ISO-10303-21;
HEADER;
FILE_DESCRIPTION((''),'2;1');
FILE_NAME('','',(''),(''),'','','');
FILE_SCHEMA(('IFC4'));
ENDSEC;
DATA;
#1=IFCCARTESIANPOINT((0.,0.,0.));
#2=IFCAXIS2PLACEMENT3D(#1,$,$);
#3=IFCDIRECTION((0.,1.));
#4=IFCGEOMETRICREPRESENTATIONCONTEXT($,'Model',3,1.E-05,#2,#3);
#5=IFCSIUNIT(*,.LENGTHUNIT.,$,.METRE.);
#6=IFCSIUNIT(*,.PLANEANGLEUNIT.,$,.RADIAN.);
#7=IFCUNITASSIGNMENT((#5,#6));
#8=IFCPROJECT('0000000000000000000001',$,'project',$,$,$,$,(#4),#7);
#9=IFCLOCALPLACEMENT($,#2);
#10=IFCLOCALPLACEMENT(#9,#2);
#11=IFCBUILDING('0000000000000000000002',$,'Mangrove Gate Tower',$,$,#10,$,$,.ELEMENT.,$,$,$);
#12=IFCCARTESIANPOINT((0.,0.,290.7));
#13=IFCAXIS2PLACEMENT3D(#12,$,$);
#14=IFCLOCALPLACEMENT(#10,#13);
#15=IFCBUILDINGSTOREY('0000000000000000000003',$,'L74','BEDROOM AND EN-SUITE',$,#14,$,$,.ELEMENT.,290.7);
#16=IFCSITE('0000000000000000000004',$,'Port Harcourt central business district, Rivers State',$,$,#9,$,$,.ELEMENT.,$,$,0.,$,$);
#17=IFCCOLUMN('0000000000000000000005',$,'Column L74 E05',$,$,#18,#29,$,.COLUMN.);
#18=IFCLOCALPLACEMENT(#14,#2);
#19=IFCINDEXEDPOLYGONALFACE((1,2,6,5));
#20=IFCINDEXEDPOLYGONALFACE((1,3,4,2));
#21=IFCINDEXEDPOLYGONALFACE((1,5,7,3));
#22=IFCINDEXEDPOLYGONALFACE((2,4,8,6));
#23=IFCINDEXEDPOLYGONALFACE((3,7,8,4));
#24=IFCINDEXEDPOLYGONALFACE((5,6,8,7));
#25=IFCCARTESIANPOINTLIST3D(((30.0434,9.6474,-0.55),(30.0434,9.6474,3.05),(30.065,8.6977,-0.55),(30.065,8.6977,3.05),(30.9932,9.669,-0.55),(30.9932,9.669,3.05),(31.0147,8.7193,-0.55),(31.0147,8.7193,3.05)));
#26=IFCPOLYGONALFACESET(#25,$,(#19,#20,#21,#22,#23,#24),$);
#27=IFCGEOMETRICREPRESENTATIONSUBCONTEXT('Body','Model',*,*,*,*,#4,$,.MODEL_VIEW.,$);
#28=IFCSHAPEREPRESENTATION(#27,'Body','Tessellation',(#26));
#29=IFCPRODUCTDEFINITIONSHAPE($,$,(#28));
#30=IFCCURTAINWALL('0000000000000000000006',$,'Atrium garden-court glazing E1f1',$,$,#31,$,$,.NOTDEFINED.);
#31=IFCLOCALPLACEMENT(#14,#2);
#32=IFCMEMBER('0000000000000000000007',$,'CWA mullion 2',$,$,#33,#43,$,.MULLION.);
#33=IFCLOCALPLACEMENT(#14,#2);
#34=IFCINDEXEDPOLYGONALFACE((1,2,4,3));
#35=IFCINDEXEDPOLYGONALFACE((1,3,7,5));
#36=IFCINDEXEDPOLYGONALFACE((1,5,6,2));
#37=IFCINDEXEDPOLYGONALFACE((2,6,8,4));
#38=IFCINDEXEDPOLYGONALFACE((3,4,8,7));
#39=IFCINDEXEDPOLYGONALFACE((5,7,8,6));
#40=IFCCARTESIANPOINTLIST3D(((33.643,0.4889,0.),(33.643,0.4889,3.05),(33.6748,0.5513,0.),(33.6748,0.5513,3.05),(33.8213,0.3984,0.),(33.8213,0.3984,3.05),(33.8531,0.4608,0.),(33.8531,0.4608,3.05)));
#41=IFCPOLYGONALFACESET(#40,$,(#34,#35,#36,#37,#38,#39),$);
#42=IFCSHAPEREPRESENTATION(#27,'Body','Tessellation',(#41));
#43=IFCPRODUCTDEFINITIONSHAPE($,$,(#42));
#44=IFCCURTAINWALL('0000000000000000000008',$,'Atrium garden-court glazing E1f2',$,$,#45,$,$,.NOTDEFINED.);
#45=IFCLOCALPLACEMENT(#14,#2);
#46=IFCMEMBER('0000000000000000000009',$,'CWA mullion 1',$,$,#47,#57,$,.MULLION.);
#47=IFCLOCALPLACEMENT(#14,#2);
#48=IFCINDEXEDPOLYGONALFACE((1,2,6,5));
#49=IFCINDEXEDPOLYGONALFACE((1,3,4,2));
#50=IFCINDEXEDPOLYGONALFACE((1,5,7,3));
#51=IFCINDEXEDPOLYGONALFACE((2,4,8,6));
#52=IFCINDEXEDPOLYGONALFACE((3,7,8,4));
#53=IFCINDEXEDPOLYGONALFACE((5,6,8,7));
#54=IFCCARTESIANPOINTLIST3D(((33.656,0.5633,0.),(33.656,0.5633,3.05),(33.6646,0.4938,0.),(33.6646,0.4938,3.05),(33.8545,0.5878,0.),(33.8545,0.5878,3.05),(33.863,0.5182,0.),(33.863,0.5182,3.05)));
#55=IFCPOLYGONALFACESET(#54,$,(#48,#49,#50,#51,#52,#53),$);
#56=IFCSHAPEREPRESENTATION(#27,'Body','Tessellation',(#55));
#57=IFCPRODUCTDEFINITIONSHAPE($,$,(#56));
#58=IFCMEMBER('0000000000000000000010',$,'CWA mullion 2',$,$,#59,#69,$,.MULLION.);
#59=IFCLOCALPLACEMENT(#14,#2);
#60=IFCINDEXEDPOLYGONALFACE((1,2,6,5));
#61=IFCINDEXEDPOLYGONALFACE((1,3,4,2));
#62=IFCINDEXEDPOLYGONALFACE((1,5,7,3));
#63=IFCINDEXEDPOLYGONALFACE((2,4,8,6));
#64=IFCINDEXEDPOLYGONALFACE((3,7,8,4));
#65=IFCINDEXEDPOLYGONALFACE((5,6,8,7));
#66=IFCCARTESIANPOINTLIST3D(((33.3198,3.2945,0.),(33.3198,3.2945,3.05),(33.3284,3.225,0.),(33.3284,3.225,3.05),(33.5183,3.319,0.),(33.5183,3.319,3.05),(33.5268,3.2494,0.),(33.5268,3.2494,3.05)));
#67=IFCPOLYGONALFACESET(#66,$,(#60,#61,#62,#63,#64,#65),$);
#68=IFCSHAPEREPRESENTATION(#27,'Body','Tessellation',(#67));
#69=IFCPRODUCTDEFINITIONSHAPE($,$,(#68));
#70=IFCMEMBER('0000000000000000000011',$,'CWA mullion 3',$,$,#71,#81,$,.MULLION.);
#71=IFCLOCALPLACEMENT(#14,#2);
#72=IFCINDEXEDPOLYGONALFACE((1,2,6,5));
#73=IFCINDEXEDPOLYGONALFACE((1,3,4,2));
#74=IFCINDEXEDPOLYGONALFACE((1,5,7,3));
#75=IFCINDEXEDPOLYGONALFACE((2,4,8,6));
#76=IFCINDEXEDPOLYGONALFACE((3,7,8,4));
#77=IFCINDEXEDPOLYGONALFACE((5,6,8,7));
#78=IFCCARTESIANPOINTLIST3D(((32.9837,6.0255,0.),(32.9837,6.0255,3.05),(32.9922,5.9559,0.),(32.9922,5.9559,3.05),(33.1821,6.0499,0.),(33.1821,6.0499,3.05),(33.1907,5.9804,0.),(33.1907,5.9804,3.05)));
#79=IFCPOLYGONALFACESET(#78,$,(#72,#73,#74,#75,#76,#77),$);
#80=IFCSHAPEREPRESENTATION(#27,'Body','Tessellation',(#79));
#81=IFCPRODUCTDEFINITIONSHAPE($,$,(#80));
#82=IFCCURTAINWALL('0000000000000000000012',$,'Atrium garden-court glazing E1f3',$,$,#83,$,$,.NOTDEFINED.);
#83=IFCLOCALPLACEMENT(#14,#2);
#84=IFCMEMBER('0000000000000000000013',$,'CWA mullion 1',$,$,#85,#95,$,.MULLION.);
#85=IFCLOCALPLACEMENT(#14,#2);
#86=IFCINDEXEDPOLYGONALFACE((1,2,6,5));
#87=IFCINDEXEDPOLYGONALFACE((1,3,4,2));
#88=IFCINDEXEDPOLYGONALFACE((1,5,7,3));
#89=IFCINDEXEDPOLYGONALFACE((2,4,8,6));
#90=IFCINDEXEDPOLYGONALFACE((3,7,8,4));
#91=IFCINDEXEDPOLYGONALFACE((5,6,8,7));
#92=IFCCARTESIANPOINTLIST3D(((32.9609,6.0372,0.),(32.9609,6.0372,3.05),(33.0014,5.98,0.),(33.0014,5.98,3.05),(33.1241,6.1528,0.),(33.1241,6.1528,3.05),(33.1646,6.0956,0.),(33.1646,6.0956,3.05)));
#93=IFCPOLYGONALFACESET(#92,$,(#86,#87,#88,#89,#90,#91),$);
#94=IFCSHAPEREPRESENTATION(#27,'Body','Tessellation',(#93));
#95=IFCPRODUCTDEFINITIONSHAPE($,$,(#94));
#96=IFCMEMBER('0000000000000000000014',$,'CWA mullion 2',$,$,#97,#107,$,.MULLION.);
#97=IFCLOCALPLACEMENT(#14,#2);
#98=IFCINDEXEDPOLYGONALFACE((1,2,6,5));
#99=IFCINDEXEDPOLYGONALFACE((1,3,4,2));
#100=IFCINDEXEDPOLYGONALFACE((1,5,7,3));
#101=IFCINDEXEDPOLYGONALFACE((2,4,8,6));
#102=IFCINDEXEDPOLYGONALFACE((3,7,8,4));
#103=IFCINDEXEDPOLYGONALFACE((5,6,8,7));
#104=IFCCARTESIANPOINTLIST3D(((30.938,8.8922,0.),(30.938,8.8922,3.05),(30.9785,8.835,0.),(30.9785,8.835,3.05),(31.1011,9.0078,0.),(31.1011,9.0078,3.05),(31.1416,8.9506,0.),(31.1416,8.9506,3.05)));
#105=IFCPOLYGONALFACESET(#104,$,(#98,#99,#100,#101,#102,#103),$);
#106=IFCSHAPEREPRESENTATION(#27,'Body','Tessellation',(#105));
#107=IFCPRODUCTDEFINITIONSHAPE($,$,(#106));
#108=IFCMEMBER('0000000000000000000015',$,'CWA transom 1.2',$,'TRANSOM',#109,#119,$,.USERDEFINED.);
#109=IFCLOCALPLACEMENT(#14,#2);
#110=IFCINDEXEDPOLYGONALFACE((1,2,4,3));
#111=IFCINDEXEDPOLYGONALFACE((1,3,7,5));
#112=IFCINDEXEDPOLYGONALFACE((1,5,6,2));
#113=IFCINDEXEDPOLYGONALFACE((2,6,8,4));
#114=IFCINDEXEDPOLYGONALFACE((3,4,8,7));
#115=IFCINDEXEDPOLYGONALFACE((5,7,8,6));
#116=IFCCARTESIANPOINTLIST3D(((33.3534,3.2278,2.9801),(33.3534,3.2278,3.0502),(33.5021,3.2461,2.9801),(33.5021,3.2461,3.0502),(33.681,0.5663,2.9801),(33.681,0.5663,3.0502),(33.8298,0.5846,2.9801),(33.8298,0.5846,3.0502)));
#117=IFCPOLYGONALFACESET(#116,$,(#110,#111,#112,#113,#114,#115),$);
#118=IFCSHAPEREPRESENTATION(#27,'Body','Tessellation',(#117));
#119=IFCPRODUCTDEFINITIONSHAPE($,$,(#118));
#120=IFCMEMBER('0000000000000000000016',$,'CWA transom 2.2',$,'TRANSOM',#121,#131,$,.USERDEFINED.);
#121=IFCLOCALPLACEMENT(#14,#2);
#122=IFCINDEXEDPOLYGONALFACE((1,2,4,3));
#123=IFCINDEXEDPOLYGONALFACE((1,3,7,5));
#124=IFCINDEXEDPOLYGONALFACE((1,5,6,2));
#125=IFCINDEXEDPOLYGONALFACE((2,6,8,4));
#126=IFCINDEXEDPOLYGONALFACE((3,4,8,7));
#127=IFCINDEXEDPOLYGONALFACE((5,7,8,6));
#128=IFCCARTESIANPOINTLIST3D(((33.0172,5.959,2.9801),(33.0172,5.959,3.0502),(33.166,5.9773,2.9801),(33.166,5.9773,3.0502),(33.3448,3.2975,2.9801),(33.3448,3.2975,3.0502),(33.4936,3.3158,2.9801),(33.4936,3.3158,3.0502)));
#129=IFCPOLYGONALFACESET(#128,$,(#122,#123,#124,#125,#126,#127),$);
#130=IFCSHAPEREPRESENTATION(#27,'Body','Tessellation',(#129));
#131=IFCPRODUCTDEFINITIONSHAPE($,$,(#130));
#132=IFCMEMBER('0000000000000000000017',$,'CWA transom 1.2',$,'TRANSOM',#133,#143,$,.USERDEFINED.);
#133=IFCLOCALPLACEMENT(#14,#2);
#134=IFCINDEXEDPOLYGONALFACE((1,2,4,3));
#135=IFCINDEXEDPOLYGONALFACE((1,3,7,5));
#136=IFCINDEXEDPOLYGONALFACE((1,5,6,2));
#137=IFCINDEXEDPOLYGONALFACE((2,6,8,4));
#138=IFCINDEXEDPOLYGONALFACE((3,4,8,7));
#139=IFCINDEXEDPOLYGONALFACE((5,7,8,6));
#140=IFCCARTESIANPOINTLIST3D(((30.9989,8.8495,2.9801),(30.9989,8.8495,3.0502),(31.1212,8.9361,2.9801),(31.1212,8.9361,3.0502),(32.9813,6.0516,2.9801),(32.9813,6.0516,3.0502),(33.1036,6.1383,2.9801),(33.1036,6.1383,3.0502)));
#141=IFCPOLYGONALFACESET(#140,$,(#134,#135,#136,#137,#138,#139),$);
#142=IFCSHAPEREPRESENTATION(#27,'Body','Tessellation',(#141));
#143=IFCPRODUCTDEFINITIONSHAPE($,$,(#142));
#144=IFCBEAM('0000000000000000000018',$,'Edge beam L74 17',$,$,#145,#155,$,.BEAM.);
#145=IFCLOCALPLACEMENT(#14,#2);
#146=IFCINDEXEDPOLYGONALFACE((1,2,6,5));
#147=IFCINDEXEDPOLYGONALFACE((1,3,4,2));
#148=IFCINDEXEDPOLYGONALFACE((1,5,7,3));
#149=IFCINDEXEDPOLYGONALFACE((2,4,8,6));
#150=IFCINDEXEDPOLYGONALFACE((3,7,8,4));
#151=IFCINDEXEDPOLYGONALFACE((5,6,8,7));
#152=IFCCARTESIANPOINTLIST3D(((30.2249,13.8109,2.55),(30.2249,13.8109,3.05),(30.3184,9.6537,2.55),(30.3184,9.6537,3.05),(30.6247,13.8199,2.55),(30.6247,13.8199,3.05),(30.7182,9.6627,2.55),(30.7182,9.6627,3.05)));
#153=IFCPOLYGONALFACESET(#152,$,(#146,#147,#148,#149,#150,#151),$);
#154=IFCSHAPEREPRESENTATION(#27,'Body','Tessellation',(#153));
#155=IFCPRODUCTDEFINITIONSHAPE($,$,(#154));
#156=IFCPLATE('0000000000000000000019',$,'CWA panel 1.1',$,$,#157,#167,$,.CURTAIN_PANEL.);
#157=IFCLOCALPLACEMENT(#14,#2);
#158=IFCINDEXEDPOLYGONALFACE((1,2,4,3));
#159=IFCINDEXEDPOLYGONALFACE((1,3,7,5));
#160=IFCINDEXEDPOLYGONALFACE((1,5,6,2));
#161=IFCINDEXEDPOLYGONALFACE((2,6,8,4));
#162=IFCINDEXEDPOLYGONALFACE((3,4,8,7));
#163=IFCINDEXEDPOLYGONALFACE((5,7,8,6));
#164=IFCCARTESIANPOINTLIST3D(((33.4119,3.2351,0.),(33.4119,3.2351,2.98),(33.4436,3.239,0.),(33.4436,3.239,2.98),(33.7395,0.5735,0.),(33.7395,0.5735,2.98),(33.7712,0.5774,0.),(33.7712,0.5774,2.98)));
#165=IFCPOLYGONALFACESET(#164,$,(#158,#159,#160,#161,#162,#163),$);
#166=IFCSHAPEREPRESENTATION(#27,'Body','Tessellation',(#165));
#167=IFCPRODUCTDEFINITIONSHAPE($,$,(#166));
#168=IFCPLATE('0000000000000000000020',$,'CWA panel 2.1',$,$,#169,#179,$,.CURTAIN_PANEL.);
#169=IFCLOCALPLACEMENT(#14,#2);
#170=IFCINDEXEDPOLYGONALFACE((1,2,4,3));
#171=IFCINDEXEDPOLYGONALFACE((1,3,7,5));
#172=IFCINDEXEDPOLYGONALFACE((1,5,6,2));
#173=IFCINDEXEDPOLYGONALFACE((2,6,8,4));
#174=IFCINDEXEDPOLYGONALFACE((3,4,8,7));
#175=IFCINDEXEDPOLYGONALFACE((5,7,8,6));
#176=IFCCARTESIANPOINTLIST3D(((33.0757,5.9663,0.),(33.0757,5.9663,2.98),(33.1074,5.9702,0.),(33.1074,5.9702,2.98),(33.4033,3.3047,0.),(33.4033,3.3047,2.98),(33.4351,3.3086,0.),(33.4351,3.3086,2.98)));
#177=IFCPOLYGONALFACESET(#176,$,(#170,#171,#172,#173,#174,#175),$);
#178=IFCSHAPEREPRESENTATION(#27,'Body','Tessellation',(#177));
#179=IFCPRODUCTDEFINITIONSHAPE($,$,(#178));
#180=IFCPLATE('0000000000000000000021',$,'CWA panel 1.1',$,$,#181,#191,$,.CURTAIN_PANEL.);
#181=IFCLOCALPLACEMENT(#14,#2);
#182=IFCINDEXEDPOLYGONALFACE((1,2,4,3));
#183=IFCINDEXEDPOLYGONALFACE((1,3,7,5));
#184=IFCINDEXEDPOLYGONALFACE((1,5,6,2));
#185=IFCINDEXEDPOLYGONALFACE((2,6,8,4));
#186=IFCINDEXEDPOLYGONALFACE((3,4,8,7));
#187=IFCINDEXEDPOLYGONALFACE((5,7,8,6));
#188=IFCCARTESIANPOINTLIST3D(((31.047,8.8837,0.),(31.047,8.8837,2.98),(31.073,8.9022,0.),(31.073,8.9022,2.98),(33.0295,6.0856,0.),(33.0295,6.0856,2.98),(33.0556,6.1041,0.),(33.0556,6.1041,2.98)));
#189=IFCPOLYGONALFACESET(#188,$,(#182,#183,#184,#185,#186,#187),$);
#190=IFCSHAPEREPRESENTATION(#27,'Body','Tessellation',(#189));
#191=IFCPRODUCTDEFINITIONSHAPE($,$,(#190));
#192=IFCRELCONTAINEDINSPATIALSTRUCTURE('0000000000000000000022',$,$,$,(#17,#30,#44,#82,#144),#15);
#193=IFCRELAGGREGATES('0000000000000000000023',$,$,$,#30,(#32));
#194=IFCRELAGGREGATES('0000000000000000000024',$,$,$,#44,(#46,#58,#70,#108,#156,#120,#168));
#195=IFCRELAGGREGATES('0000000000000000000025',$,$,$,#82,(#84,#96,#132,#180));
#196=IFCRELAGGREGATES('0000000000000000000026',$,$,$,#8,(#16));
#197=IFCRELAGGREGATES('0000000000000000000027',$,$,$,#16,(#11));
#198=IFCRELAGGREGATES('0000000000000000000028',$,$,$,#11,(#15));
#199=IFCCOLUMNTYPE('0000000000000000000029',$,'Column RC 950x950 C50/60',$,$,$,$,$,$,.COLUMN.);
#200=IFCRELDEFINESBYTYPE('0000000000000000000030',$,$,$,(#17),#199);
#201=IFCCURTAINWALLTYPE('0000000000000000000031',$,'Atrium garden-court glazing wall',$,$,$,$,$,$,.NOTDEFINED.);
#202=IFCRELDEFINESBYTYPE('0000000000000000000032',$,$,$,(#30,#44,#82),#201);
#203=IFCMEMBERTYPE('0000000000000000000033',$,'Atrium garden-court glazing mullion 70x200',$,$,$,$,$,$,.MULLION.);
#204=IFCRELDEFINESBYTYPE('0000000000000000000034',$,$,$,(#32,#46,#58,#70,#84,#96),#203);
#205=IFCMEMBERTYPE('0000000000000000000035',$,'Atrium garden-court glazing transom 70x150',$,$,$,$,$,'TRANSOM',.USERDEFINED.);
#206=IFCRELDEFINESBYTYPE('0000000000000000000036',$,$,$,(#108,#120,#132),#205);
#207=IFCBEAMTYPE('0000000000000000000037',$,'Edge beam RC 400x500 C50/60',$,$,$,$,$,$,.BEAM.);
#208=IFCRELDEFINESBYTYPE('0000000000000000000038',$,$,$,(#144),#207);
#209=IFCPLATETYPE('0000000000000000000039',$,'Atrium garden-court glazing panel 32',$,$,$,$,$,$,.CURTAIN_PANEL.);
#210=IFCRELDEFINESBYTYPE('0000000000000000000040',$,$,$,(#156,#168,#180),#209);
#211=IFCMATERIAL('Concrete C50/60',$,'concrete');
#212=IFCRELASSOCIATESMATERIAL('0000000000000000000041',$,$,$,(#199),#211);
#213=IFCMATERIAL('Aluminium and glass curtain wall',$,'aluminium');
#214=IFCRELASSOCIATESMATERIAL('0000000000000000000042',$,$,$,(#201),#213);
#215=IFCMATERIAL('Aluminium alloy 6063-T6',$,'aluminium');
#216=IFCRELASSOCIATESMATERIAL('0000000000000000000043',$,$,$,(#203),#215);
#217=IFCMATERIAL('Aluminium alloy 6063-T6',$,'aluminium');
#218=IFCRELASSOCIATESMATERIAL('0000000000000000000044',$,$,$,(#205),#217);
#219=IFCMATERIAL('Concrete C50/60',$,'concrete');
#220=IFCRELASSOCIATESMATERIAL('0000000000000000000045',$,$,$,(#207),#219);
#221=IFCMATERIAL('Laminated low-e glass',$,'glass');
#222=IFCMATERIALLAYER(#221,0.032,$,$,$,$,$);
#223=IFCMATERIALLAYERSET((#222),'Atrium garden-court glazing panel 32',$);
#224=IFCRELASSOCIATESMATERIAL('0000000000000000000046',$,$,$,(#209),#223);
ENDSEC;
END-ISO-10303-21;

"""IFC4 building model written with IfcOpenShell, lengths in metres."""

from ifc_helpers import new_model, si_unit, direction, frame, origin, origin_2d, place, context, subcontext, project, spatial, rectangle, extrude, material, layer, layer_set, material_profile, profile_set, type_object, element, aggregate, save


model = new_model("IFC4")

# Units and contexts
model_context = context("Model", 3, precision=1e-05, world=origin(), true_north=direction((0.0, 1.0)))
body_context = subcontext(model_context, "Body", "Model", "MODEL_VIEW")
ifc_project = project(units=[si_unit("LENGTHUNIT", "METRE"), si_unit("PLANEANGLEUNIT", "RADIAN")], contexts=[model_context])

# Site, building, storey
site_placement = place(None, origin())
site = spatial("IfcSite", under=ifc_project, at=site_placement, Name="Port Harcourt central business district, Rivers State", CompositionType="ELEMENT", RefElevation=0.0)
building_placement = place(site_placement, origin())
building = spatial("IfcBuilding", under=site, at=building_placement, Name="Mangrove Gate Tower", CompositionType="ELEMENT")
storey_placement = place(building_placement, frame((0.0, 0.0, 290.7)))
storey = spatial("IfcBuildingStorey", under=building, at=storey_placement, Name="L74", Description="BEDROOM AND EN-SUITE", CompositionType="ELEMENT", Elevation=290.7)

# Column
ifc_material_1 = material(Name="Concrete C50/60", Category="concrete")
ifc_material_profile_1 = material_profile(ifc_material_1, rectangle(XDim=0.95, YDim=0.95, at=origin_2d()))
ifc_profile_set_1 = profile_set([ifc_material_profile_1], Name="Concrete C50/60")
column_type = type_object("IfcColumnType", Name="Column RC 950x950 C50/60", PredefinedType="COLUMN", material=ifc_profile_set_1)
column_placement = place(storey_placement, frame((30.5291, 9.1833, -0.55), z_axis=(0.0, 0.0, 1.0), x_axis=(-0.022642, 0.999744, 0.0)))
element("IfcColumn", 1, at=column_placement, inside=storey, type_object=column_type, Name="Column L74 E05", PredefinedType="COLUMN", context=body_context, shape_type="SweptSolid", body=[
    extrude(rectangle(XDim=0.95, YDim=0.95, at=origin_2d()), origin(), (0.0, 0.0, 1.0), 3.6001),
])

# Curtain wall, member
ifc_material_2 = material(Name="Aluminium and glass curtain wall", Category="aluminium")
curtain_wall_type = type_object("IfcCurtainWallType", Name="Atrium garden-court glazing wall", PredefinedType="NOTDEFINED", material=ifc_material_2)
curtain_wall_1_placement = place(storey_placement, origin())
curtain_wall_1 = element("IfcCurtainWall", 2, at=curtain_wall_1_placement, inside=storey, type_object=curtain_wall_type, Name="Atrium garden-court glazing E1f1", PredefinedType="NOTDEFINED")
ifc_material_3 = material(Name="Aluminium alloy 6063-T6", Category="aluminium")
ifc_material_profile_2 = material_profile(ifc_material_3, rectangle(XDim=0.0701, YDim=0.2, at=origin_2d()))
ifc_profile_set_2 = profile_set([ifc_material_profile_2], Name="Aluminium alloy 6063-T6")
member_type_1 = type_object("IfcMemberType", Name="Atrium garden-court glazing mullion 70x200", PredefinedType="MULLION", material=ifc_profile_set_2)
member_1_placement = place(storey_placement, frame((33.748, 0.4749, 0.0), z_axis=(0.0, 0.0, 1.0), x_axis=(0.452617, 0.891705, 0.0)))
member_1 = element("IfcMember", 3, at=member_1_placement, type_object=member_type_1, Name="CWA mullion 2", PredefinedType="MULLION", context=body_context, shape_type="SweptSolid", body=[
    extrude(rectangle(XDim=0.0701, YDim=0.2, at=origin_2d()), origin(), (0.0, 0.0, 1.0), 3.05),
])
aggregate(curtain_wall_1, [member_1])

# Curtain walls, members
curtain_wall_2_placement = place(storey_placement, origin())
curtain_wall_2 = element("IfcCurtainWall", 4, at=curtain_wall_2_placement, inside=storey, type_object=curtain_wall_type, Name="Atrium garden-court glazing E1f2", PredefinedType="NOTDEFINED")
member_2_placement = place(storey_placement, frame((33.7595, 0.5408, 0.0), z_axis=(0.0, 0.0, 1.0), x_axis=(-0.122172, 0.992509, 0.0)))
member_2 = element("IfcMember", 5, at=member_2_placement, type_object=member_type_1, Name="CWA mullion 1", PredefinedType="MULLION", context=body_context, shape_type="SweptSolid", body=[
    extrude(rectangle(XDim=0.0701, YDim=0.2, at=origin_2d()), origin(), (0.0, 0.0, 1.0), 3.05),
])
member_3_placement = place(storey_placement, frame((33.4233, 3.272, 0.0), z_axis=(0.0, 0.0, 1.0), x_axis=(-0.122172, 0.992509, 0.0)))
member_3 = element("IfcMember", 6, at=member_3_placement, type_object=member_type_1, Name="CWA mullion 2", PredefinedType="MULLION", context=body_context, shape_type="SweptSolid", body=[
    extrude(rectangle(XDim=0.0701, YDim=0.2, at=origin_2d()), origin(), (0.0, 0.0, 1.0), 3.05),
])
member_4_placement = place(storey_placement, frame((33.0872, 6.0029, 0.0), z_axis=(0.0, 0.0, 1.0), x_axis=(-0.122172, 0.992509, 0.0)))
member_4 = element("IfcMember", 7, at=member_4_placement, type_object=member_type_1, Name="CWA mullion 3", PredefinedType="MULLION", context=body_context, shape_type="SweptSolid", body=[
    extrude(rectangle(XDim=0.0701, YDim=0.2, at=origin_2d()), origin(), (0.0, 0.0, 1.0), 3.05),
])
curtain_wall_3_placement = place(storey_placement, origin())
curtain_wall_3 = element("IfcCurtainWall", 8, at=curtain_wall_3_placement, inside=storey, type_object=curtain_wall_type, Name="Atrium garden-court glazing E1f3", PredefinedType="NOTDEFINED")
member_5_placement = place(storey_placement, frame((33.0627, 6.0664, 0.0), z_axis=(0.0, 0.0, 1.0), x_axis=(-0.578135, 0.815941, 0.0)))
member_5 = element("IfcMember", 9, at=member_5_placement, type_object=member_type_1, Name="CWA mullion 1", PredefinedType="MULLION", context=body_context, shape_type="SweptSolid", body=[
    extrude(rectangle(XDim=0.0701, YDim=0.2, at=origin_2d()), origin(), (0.0, 0.0, 1.0), 3.05),
])
member_6_placement = place(storey_placement, frame((31.0398, 8.9214, 0.0), z_axis=(0.0, 0.0, 1.0), x_axis=(-0.578135, 0.815941, 0.0)))
member_6 = element("IfcMember", 10, at=member_6_placement, type_object=member_type_1, Name="CWA mullion 2", PredefinedType="MULLION", context=body_context, shape_type="SweptSolid", body=[
    extrude(rectangle(XDim=0.0701, YDim=0.2, at=origin_2d()), origin(), (0.0, 0.0, 1.0), 3.05),
])

# Members
ifc_material_4 = material(Name="Aluminium alloy 6063-T6", Category="aluminium")
ifc_material_profile_3 = material_profile(ifc_material_4, rectangle(XDim=0.0701, YDim=0.1499, at=origin_2d()))
ifc_profile_set_3 = profile_set([ifc_material_profile_3], Name="Aluminium alloy 6063-T6")
member_type_2 = type_object("IfcMemberType", Name="Atrium garden-court glazing transom 70x150", ElementType="TRANSOM", PredefinedType="USERDEFINED", material=ifc_profile_set_3)
member_7_placement = place(storey_placement, frame((33.7554, 0.5754, 3.0151), z_axis=(-0.122175, 0.992509, 0.0), x_axis=(0.0, 0.0, 1.0)))
member_7 = element("IfcMember", 11, at=member_7_placement, type_object=member_type_2, Name="CWA transom 1.2", ObjectType="TRANSOM", PredefinedType="USERDEFINED", context=body_context, shape_type="SweptSolid", body=[
    extrude(rectangle(XDim=0.0701, YDim=0.1499, at=origin_2d()), origin(), (0.0, 0.0, 1.0), 2.6816),
])
member_8_placement = place(storey_placement, frame((33.4192, 3.3066, 3.0151), z_axis=(-0.122175, 0.992509, 0.0), x_axis=(0.0, 0.0, 1.0)))
member_8 = element("IfcMember", 12, at=member_8_placement, type_object=member_type_2, Name="CWA transom 2.2", ObjectType="TRANSOM", PredefinedType="USERDEFINED", context=body_context, shape_type="SweptSolid", body=[
    extrude(rectangle(XDim=0.0701, YDim=0.1499, at=origin_2d()), origin(), (0.0, 0.0, 1.0), 2.6816),
])
member_9_placement = place(storey_placement, frame((33.0425, 6.095, 3.0151), z_axis=(-0.578136, 0.815941, 0.0), x_axis=(0.0, 0.0, 1.0)))
member_9 = element("IfcMember", 13, at=member_9_placement, type_object=member_type_2, Name="CWA transom 1.2", ObjectType="TRANSOM", PredefinedType="USERDEFINED", context=body_context, shape_type="SweptSolid", body=[
    extrude(rectangle(XDim=0.0701, YDim=0.1499, at=origin_2d()), origin(), (0.0, 0.0, 1.0), 3.429),
])

# Beam
ifc_material_5 = material(Name="Concrete C50/60", Category="concrete")
ifc_material_profile_4 = material_profile(ifc_material_5, rectangle(XDim=0.3999, YDim=0.5, at=origin_2d()))
ifc_profile_set_4 = profile_set([ifc_material_profile_4], Name="Concrete C50/60")
beam_type = type_object("IfcBeamType", Name="Edge beam RC 400x500 C50/60", PredefinedType="BEAM", material=ifc_profile_set_4)
beam_placement = place(storey_placement, frame((30.5183, 9.6582, 2.8), z_axis=(-0.022487, 0.999747, 0.0), x_axis=(-0.999747, -0.022487, 0.0)))
element("IfcBeam", 14, at=beam_placement, inside=storey, type_object=beam_type, Name="Edge beam L74 17", PredefinedType="BEAM", context=body_context, shape_type="SweptSolid", body=[
    extrude(rectangle(XDim=0.3999, YDim=0.5, at=origin_2d()), origin(), (0.0, 0.0, 1.0), 4.1582),
])

# Plates
ifc_material_6 = material(Name="Laminated low-e glass", Category="glass")
ifc_layer_1 = layer(ifc_material_6, 0.032)
ifc_layer_set_1 = layer_set([ifc_layer_1], Name="Atrium garden-court glazing panel 32")
plate_type = type_object("IfcPlateType", Name="Atrium garden-court glazing panel 32", PredefinedType="CURTAIN_PANEL", material=ifc_layer_set_1)
plate_1_placement = place(storey_placement, frame((33.5916, 1.9062, 0.0), z_axis=(0.0, 0.0, 1.0), x_axis=(-0.122172, 0.992509, 0.0)))
plate_1 = element("IfcPlate", 15, at=plate_1_placement, type_object=plate_type, Name="CWA panel 1.1", PredefinedType="CURTAIN_PANEL", context=body_context, shape_type="SweptSolid", body=[
    extrude(rectangle(XDim=2.6816, YDim=0.032, at=origin_2d()), origin(), (0.0, 0.0, 1.0), 2.98),
])
plate_2_placement = place(storey_placement, frame((33.2554, 4.6375, 0.0), z_axis=(0.0, 0.0, 1.0), x_axis=(-0.122172, 0.992509, 0.0)))
plate_2 = element("IfcPlate", 16, at=plate_2_placement, type_object=plate_type, Name="CWA panel 2.1", PredefinedType="CURTAIN_PANEL", context=body_context, shape_type="SweptSolid", body=[
    extrude(rectangle(XDim=2.6816, YDim=0.032, at=origin_2d()), origin(), (0.0, 0.0, 1.0), 2.98),
])
aggregate(curtain_wall_2, [member_2, member_3, member_4, member_7, plate_1, member_8, plate_2])
plate_3_placement = place(storey_placement, frame((32.0513, 7.4939, 0.0), z_axis=(0.0, 0.0, 1.0), x_axis=(-0.578135, 0.815941, 0.0)))
plate_3 = element("IfcPlate", 17, at=plate_3_placement, type_object=plate_type, Name="CWA panel 1.1", PredefinedType="CURTAIN_PANEL", context=body_context, shape_type="SweptSolid", body=[
    extrude(rectangle(XDim=3.4292, YDim=0.032, at=origin_2d()), origin(), (0.0, 0.0, 1.0), 2.98),
])
aggregate(curtain_wall_3, [member_5, member_6, member_9, plate_3])

save(model, "model.ifc")
